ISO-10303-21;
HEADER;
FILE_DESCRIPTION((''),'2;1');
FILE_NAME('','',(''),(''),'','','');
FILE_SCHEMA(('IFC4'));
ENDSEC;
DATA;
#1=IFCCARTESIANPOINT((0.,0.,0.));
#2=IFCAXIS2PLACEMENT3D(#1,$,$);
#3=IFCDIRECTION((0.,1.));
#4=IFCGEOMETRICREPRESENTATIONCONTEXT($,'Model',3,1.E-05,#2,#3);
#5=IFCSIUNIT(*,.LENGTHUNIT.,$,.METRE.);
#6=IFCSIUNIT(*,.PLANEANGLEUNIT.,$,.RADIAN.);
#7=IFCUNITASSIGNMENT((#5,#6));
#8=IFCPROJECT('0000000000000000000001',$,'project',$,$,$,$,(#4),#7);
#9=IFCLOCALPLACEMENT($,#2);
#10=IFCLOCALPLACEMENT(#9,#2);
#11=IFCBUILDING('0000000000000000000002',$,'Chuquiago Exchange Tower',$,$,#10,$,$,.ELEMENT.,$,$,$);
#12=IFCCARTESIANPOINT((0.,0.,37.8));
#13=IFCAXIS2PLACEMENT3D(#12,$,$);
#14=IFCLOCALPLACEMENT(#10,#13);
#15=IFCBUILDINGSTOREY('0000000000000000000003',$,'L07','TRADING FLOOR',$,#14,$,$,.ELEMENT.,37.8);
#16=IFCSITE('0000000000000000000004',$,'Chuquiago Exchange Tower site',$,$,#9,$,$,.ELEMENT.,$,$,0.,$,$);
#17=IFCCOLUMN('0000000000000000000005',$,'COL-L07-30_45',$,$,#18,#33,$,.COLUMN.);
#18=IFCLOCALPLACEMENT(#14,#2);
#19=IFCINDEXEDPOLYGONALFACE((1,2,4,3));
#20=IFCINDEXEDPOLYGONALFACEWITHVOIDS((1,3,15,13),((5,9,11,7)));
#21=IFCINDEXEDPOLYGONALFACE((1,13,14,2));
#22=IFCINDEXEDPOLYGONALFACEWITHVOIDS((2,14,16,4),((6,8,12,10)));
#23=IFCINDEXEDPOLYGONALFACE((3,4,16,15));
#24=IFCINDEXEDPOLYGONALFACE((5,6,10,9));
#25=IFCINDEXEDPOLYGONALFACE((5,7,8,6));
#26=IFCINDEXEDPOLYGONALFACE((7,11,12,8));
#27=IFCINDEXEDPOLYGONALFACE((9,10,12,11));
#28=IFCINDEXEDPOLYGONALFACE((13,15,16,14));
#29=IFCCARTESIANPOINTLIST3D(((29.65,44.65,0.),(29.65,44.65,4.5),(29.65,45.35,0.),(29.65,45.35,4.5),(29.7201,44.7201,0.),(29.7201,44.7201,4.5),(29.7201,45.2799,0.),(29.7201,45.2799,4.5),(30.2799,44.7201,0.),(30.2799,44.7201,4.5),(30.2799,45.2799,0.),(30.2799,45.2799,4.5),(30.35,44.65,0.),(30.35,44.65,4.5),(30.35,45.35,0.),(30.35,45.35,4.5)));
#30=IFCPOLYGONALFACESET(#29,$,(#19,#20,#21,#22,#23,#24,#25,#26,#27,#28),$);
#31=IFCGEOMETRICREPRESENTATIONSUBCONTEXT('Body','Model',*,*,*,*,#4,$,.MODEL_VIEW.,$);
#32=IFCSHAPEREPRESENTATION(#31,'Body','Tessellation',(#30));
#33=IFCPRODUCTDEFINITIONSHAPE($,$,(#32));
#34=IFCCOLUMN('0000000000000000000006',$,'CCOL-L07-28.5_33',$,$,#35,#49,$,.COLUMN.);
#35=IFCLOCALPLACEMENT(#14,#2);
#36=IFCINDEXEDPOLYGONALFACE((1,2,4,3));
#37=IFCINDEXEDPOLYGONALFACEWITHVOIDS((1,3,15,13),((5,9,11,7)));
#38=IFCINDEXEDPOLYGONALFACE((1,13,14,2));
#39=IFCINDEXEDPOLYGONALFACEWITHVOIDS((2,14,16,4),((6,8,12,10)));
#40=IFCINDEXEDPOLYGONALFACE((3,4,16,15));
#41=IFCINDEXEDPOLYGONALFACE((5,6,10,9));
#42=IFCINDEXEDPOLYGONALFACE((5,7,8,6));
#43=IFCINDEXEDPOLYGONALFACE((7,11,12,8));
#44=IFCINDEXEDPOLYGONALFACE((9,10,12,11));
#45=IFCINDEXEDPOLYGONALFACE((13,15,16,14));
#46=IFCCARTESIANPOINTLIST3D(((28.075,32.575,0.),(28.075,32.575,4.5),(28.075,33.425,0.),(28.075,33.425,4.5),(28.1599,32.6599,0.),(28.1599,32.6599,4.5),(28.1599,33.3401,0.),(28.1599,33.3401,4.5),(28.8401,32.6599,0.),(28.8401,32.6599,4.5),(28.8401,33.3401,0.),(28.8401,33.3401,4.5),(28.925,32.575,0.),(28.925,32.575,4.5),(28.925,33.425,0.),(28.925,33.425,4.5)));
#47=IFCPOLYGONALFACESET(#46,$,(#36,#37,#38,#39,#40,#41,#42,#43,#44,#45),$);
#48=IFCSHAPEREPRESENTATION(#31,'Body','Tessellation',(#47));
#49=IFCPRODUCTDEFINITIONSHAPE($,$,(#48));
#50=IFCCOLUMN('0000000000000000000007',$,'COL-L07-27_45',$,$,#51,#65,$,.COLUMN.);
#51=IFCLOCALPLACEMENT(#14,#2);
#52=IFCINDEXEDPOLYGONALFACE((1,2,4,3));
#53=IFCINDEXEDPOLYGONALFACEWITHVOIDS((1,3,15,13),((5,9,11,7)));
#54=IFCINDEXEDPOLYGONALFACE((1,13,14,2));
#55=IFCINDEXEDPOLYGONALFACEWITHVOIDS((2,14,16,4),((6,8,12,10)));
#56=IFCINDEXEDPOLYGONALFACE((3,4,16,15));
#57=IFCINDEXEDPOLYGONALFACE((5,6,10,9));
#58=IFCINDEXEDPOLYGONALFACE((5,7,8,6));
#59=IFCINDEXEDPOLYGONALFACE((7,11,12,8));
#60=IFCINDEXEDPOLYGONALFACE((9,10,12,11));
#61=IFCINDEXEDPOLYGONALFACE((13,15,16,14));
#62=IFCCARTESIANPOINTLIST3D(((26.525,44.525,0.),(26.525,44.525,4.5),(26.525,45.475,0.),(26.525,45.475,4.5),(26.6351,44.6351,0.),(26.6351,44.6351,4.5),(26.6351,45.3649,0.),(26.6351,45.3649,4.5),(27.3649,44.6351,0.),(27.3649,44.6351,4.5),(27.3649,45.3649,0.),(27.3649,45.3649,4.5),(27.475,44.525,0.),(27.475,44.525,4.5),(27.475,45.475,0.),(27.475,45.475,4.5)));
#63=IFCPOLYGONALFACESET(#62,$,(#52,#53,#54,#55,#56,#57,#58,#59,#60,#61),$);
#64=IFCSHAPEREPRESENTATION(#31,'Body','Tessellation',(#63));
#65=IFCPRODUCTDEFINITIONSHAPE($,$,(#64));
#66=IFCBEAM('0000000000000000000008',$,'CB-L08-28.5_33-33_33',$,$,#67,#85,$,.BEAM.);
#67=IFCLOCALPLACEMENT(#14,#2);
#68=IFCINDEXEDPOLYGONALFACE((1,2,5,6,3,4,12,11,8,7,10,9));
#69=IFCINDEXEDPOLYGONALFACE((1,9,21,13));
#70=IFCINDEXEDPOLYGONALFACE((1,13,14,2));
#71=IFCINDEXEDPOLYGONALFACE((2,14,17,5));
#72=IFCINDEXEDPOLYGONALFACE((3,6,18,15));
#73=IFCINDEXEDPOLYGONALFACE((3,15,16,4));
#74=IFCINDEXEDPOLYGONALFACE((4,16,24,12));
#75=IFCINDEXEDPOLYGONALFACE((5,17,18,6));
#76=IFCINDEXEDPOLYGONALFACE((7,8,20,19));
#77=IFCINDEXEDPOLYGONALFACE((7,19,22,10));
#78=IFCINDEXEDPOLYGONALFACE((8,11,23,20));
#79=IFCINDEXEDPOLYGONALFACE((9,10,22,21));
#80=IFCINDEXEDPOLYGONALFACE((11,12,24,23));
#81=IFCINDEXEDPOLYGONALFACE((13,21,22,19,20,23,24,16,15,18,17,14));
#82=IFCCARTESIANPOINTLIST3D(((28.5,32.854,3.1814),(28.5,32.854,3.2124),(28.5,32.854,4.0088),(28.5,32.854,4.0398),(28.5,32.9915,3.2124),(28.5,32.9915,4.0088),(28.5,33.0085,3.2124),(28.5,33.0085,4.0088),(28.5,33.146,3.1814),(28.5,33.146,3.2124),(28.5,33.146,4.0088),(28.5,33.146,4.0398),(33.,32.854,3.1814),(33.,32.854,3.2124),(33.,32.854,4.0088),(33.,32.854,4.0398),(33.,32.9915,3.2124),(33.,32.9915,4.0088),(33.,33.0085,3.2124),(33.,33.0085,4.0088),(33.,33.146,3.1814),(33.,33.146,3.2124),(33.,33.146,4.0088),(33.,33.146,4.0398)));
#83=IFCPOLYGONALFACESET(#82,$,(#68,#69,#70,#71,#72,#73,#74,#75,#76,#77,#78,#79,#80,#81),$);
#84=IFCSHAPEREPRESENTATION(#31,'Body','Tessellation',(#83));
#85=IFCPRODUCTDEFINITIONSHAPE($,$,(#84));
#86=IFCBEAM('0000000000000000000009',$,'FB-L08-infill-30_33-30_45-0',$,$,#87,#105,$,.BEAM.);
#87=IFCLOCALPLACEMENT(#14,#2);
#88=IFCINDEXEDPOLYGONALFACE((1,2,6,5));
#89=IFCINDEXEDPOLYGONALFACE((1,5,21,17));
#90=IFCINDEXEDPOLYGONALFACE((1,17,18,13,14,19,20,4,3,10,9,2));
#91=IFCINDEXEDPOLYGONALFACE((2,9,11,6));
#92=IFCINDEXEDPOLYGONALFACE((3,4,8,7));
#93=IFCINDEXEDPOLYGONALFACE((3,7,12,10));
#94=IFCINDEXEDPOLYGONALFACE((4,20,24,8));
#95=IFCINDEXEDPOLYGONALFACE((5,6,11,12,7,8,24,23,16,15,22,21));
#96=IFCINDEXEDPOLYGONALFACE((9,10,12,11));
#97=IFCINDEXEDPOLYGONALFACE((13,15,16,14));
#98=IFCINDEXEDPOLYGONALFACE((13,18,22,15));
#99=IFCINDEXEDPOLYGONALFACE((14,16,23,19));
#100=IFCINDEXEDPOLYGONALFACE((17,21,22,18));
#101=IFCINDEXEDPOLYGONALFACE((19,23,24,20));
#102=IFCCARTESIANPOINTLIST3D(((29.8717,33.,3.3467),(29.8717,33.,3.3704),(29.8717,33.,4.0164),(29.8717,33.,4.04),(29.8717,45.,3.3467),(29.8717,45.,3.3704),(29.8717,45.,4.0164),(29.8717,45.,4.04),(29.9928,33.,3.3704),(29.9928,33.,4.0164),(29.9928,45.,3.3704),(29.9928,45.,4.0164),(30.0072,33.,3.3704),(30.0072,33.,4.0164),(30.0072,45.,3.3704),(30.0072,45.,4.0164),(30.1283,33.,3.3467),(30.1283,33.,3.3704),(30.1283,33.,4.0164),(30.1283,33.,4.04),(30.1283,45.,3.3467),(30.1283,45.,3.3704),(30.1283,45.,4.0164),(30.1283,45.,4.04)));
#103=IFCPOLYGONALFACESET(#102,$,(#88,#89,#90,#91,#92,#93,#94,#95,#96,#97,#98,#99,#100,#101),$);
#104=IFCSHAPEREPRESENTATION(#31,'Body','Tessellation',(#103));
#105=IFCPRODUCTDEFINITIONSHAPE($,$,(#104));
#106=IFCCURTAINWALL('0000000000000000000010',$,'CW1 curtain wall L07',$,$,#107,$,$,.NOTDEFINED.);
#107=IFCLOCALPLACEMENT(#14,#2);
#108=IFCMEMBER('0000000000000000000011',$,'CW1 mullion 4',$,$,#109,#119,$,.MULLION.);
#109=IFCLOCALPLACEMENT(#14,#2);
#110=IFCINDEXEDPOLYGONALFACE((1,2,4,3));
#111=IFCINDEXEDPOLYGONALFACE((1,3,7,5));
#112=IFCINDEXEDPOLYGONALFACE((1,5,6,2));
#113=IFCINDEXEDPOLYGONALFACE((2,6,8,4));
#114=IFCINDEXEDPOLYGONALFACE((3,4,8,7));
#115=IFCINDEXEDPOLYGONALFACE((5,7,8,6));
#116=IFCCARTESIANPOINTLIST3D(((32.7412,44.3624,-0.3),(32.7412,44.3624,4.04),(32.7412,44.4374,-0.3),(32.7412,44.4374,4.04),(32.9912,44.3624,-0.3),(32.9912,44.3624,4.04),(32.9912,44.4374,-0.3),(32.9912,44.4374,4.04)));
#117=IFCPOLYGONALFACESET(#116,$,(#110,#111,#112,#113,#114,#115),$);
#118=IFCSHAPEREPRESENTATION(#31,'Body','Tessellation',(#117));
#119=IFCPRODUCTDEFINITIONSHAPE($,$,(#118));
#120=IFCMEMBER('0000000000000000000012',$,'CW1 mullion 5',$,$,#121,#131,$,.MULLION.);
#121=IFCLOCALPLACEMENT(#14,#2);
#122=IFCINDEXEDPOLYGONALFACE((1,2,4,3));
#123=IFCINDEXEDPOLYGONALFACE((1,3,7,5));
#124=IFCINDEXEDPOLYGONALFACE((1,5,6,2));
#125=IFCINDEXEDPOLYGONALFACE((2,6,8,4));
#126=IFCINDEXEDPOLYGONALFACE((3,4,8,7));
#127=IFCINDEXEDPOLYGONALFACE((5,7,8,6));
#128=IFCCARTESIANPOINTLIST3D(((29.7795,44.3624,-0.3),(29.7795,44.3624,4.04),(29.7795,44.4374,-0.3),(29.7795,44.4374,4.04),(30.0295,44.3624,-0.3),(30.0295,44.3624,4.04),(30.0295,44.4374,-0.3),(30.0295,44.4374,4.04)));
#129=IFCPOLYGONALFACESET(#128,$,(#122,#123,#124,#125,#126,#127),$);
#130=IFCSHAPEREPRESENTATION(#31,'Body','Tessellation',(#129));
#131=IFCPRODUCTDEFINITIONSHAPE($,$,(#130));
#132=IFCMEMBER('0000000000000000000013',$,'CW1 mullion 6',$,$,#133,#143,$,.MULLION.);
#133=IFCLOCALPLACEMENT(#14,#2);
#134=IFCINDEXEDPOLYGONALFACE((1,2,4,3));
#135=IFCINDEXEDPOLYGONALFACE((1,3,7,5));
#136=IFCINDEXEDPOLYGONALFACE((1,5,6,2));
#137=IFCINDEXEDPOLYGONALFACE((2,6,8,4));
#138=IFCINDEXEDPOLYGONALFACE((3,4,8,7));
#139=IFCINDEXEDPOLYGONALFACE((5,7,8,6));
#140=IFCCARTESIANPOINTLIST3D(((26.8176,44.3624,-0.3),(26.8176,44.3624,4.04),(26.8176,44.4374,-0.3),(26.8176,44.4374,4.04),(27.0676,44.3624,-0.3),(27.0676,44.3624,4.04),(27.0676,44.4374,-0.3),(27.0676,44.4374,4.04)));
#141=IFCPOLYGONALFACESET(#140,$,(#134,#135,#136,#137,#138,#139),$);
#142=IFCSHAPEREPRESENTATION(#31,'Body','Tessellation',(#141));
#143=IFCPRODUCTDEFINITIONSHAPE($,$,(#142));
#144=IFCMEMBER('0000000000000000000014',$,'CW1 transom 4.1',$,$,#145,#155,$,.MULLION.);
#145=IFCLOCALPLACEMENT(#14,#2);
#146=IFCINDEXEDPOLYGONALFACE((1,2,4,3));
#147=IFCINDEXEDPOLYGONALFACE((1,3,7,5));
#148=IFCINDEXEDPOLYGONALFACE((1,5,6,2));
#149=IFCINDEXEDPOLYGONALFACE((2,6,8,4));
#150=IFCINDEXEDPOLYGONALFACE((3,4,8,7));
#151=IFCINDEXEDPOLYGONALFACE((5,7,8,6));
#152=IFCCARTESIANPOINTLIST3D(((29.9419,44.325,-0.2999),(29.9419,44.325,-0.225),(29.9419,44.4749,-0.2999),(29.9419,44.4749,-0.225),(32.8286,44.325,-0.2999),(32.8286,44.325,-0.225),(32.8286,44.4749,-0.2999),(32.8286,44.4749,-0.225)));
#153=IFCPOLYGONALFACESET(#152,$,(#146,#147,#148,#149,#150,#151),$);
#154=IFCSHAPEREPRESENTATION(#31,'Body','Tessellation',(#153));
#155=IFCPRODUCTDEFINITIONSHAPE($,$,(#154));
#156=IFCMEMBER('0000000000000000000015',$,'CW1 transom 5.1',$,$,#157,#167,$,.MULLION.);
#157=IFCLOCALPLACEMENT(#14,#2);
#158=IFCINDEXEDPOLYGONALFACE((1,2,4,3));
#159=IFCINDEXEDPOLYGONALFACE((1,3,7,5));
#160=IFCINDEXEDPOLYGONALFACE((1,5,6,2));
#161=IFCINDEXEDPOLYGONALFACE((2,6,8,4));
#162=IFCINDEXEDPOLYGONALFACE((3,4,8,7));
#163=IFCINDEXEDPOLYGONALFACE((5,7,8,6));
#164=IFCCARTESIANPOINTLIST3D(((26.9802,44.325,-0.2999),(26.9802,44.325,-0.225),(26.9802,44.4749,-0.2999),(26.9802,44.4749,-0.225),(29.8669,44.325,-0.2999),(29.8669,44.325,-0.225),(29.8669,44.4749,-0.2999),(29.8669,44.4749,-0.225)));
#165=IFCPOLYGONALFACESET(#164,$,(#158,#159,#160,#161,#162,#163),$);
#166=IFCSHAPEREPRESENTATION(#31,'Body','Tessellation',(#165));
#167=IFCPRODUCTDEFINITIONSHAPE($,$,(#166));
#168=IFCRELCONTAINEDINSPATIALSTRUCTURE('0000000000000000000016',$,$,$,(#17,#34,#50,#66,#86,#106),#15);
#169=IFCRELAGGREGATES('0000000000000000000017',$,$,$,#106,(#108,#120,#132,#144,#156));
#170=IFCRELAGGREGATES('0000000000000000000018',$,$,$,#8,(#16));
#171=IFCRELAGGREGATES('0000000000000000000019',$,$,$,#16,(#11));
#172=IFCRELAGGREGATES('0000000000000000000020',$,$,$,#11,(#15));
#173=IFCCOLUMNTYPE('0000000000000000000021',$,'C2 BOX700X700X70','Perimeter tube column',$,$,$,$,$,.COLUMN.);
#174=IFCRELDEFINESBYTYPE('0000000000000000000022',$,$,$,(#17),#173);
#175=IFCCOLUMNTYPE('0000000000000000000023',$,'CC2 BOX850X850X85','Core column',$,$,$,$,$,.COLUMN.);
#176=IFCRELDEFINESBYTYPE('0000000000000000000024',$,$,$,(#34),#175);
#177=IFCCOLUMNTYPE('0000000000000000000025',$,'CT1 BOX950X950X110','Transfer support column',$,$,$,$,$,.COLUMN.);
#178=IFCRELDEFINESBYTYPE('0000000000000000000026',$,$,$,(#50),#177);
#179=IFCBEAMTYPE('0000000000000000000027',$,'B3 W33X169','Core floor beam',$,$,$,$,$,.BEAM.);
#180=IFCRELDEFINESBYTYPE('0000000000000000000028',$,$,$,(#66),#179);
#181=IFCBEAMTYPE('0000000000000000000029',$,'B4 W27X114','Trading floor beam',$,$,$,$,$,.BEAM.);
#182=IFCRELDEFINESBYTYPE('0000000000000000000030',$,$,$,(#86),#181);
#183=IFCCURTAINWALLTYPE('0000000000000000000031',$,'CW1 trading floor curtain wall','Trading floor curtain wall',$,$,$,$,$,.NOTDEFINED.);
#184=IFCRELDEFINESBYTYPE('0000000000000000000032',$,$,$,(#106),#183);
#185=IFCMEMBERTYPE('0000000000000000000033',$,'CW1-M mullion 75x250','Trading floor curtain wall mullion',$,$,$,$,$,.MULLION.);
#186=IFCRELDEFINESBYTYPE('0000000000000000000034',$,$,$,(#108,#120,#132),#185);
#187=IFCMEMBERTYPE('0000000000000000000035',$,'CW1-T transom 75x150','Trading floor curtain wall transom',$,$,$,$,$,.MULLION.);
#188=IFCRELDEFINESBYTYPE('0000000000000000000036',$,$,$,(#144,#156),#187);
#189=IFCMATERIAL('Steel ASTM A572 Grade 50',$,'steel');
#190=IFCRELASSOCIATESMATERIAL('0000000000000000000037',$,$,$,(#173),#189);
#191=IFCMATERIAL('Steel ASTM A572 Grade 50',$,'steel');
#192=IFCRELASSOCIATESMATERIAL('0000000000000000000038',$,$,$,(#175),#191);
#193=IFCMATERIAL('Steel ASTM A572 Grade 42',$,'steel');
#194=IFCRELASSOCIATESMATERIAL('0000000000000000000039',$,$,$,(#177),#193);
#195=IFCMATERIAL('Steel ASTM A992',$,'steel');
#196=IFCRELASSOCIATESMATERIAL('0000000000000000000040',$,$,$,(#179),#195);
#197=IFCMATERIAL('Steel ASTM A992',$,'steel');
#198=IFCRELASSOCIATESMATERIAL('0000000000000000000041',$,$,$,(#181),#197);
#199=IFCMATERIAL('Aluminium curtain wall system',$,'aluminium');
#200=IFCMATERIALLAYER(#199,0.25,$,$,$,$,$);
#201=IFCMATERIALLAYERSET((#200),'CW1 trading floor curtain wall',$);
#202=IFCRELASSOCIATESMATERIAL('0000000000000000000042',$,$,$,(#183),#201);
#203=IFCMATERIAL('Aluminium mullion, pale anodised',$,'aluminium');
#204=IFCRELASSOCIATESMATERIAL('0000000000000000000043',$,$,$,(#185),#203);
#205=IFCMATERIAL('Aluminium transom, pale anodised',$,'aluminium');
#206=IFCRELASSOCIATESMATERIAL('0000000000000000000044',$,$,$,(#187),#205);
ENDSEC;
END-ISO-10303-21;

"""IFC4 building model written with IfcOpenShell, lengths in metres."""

from ifc_helpers import new_model, si_unit, direction, frame, origin, origin_2d, place, context, subcontext, project, spatial, rectangle, hollow_rectangle, i_section, extrude, material, layer, layer_set, material_profile, profile_set, type_object, element, aggregate, save


model = new_model("IFC4")

# Units and contexts
model_context = context("Model", 3, precision=1e-05, world=origin(), true_north=direction((0.0, 1.0)))
body_context = subcontext(model_context, "Body", "Model", "MODEL_VIEW")
ifc_project = project(units=[si_unit("LENGTHUNIT", "METRE"), si_unit("PLANEANGLEUNIT", "RADIAN")], contexts=[model_context])

# Site, building, storey
site_placement = place(None, origin())
site = spatial("IfcSite", under=ifc_project, at=site_placement, Name="Chuquiago Exchange Tower site", CompositionType="ELEMENT", RefElevation=0.0)
building_placement = place(site_placement, origin())
building = spatial("IfcBuilding", under=site, at=building_placement, Name="Chuquiago Exchange Tower", CompositionType="ELEMENT")
storey_placement = place(building_placement, frame((0.0, 0.0, 37.8)))
storey = spatial("IfcBuildingStorey", under=building, at=storey_placement, Name="L07", Description="TRADING FLOOR", CompositionType="ELEMENT", Elevation=37.8)

# Columns
ifc_material_1 = material(Name="Steel ASTM A572 Grade 50", Category="steel")
ifc_material_profile_1 = material_profile(ifc_material_1, hollow_rectangle(XDim=0.7, YDim=0.7, WallThickness=0.0701, at=origin_2d()), Name="BOX700X700X70")
ifc_profile_set_1 = profile_set([ifc_material_profile_1], Name="Steel ASTM A572 Grade 50")
column_type_1 = type_object("IfcColumnType", Name="C2 BOX700X700X70", Description="Perimeter tube column", PredefinedType="COLUMN", material=ifc_profile_set_1)
column_1_placement = place(storey_placement, frame((30.0, 45.0, 0.0), z_axis=(0.0, 0.0, 1.0), x_axis=(0.0, 1.0, 0.0)))
element("IfcColumn", 1, at=column_1_placement, inside=storey, type_object=column_type_1, Name="COL-L07-30_45", PredefinedType="COLUMN", context=body_context, shape_type="SweptSolid", body=[
    extrude(hollow_rectangle(XDim=0.7, YDim=0.7, WallThickness=0.0701, at=origin_2d()), origin(), (0.0, 0.0, 1.0), 4.5),
])
ifc_material_2 = material(Name="Steel ASTM A572 Grade 50", Category="steel")
ifc_material_profile_2 = material_profile(ifc_material_2, hollow_rectangle(XDim=0.8501, YDim=0.8501, WallThickness=0.085, at=origin_2d()), Name="BOX850X850X85")
ifc_profile_set_2 = profile_set([ifc_material_profile_2], Name="Steel ASTM A572 Grade 50")
column_type_2 = type_object("IfcColumnType", Name="CC2 BOX850X850X85", Description="Core column", PredefinedType="COLUMN", material=ifc_profile_set_2)
column_2_placement = place(storey_placement, frame((28.5, 33.0, 0.0), z_axis=(0.0, 0.0, 1.0), x_axis=(1.0, 0.0, 0.0)))
element("IfcColumn", 2, at=column_2_placement, inside=storey, type_object=column_type_2, Name="CCOL-L07-28.5_33", PredefinedType="COLUMN", context=body_context, shape_type="SweptSolid", body=[
    extrude(hollow_rectangle(XDim=0.8501, YDim=0.8501, WallThickness=0.085, at=origin_2d()), origin(), (0.0, 0.0, 1.0), 4.5),
])
ifc_material_3 = material(Name="Steel ASTM A572 Grade 42", Category="steel")
ifc_material_profile_3 = material_profile(ifc_material_3, hollow_rectangle(XDim=0.95, YDim=0.95, WallThickness=0.1101, at=origin_2d()), Name="BOX950X950X110")
ifc_profile_set_3 = profile_set([ifc_material_profile_3], Name="Steel ASTM A572 Grade 42")
column_type_3 = type_object("IfcColumnType", Name="CT1 BOX950X950X110", Description="Transfer support column", PredefinedType="COLUMN", material=ifc_profile_set_3)
column_3_placement = place(storey_placement, frame((27.0, 45.0, 0.0), z_axis=(0.0, 0.0, 1.0), x_axis=(0.0, 1.0, 0.0)))
element("IfcColumn", 3, at=column_3_placement, inside=storey, type_object=column_type_3, Name="COL-L07-27_45", PredefinedType="COLUMN", context=body_context, shape_type="SweptSolid", body=[
    extrude(hollow_rectangle(XDim=0.95, YDim=0.95, WallThickness=0.1101, at=origin_2d()), origin(), (0.0, 0.0, 1.0), 4.5),
])

# Beams
ifc_material_4 = material(Name="Steel ASTM A992", Category="steel")
ifc_material_profile_4 = material_profile(ifc_material_4, i_section(OverallWidth=0.292, OverallDepth=0.8584, WebThickness=0.0171, FlangeThickness=0.031, at=origin_2d()), Name="W33X169")
ifc_profile_set_4 = profile_set([ifc_material_profile_4], Name="Steel ASTM A992")
beam_type_1 = type_object("IfcBeamType", Name="B3 W33X169", Description="Core floor beam", PredefinedType="BEAM", material=ifc_profile_set_4)
beam_1_placement = place(storey_placement, frame((28.5, 33.0, 3.6106), z_axis=(1.0, 0.0, 0.0), x_axis=(0.0, 1.0, 0.0)))
element("IfcBeam", 4, at=beam_1_placement, inside=storey, type_object=beam_type_1, Name="CB-L08-28.5_33-33_33", PredefinedType="BEAM", context=body_context, shape_type="SweptSolid", body=[
    extrude(i_section(OverallWidth=0.292, OverallDepth=0.8584, WebThickness=0.0171, FlangeThickness=0.031, at=origin_2d()), origin(), (0.0, 0.0, 1.0), 4.5),
])
ifc_material_5 = material(Name="Steel ASTM A992", Category="steel")
ifc_material_profile_5 = material_profile(ifc_material_5, i_section(OverallWidth=0.2566, OverallDepth=0.6934, WebThickness=0.0144, FlangeThickness=0.0237, at=origin_2d()), Name="W27X114")
ifc_profile_set_5 = profile_set([ifc_material_profile_5], Name="Steel ASTM A992")
beam_type_2 = type_object("IfcBeamType", Name="B4 W27X114", Description="Trading floor beam", PredefinedType="BEAM", material=ifc_profile_set_5)
beam_2_placement = place(storey_placement, frame((30.0, 33.0, 3.6934), z_axis=(0.0, 1.0, 0.0), x_axis=(-1.0, 0.0, 0.0)))
element("IfcBeam", 5, at=beam_2_placement, inside=storey, type_object=beam_type_2, Name="FB-L08-infill-30_33-30_45-0", PredefinedType="BEAM", context=body_context, shape_type="SweptSolid", body=[
    extrude(i_section(OverallWidth=0.2566, OverallDepth=0.6934, WebThickness=0.0144, FlangeThickness=0.0237, at=origin_2d()), origin(), (0.0, 0.0, 1.0), 12.0),
])

# Curtain wall, members
ifc_material_6 = material(Name="Aluminium curtain wall system", Category="aluminium")
ifc_layer_1 = layer(ifc_material_6, 0.25)
ifc_layer_set_1 = layer_set([ifc_layer_1], Name="CW1 trading floor curtain wall")
curtain_wall_type = type_object("IfcCurtainWallType", Name="CW1 trading floor curtain wall", Description="Trading floor curtain wall", PredefinedType="NOTDEFINED", material=ifc_layer_set_1)
curtain_wall_placement = place(storey_placement, origin())
curtain_wall = element("IfcCurtainWall", 6, at=curtain_wall_placement, inside=storey, type_object=curtain_wall_type, Name="CW1 curtain wall L07", PredefinedType="NOTDEFINED")
ifc_material_7 = material(Name="Aluminium mullion, pale anodised", Category="aluminium")
ifc_material_profile_6 = material_profile(ifc_material_7, rectangle(XDim=0.075, YDim=0.25, at=origin_2d()), Name="AL 75x250")
ifc_profile_set_6 = profile_set([ifc_material_profile_6], Name="Aluminium mullion, pale anodised")
member_type_1 = type_object("IfcMemberType", Name="CW1-M mullion 75x250", Description="Trading floor curtain wall mullion", PredefinedType="MULLION", material=ifc_profile_set_6)
member_1_placement = place(storey_placement, frame((32.8662, 44.3999, -0.3), z_axis=(0.0, 0.0, 1.0), x_axis=(0.0, -1.0, 0.0)))
member_1 = element("IfcMember", 7, at=member_1_placement, type_object=member_type_1, Name="CW1 mullion 4", PredefinedType="MULLION", context=body_context, shape_type="SweptSolid", body=[
    extrude(rectangle(XDim=0.075, YDim=0.25, at=origin_2d()), origin(), (0.0, 0.0, 1.0), 4.3401),
])
member_2_placement = place(storey_placement, frame((29.9045, 44.3999, -0.3), z_axis=(0.0, 0.0, 1.0), x_axis=(0.0, -1.0, 0.0)))
member_2 = element("IfcMember", 8, at=member_2_placement, type_object=member_type_1, Name="CW1 mullion 5", PredefinedType="MULLION", context=body_context, shape_type="SweptSolid", body=[
    extrude(rectangle(XDim=0.075, YDim=0.25, at=origin_2d()), origin(), (0.0, 0.0, 1.0), 4.3401),
])
member_3_placement = place(storey_placement, frame((26.9426, 44.3999, -0.3), z_axis=(0.0, 0.0, 1.0), x_axis=(0.0, -1.0, 0.0)))
member_3 = element("IfcMember", 9, at=member_3_placement, type_object=member_type_1, Name="CW1 mullion 6", PredefinedType="MULLION", context=body_context, shape_type="SweptSolid", body=[
    extrude(rectangle(XDim=0.075, YDim=0.25, at=origin_2d()), origin(), (0.0, 0.0, 1.0), 4.3401),
])
ifc_material_8 = material(Name="Aluminium transom, pale anodised", Category="aluminium")
ifc_material_profile_7 = material_profile(ifc_material_8, rectangle(XDim=0.1499, YDim=0.075, at=origin_2d()), Name="AL 150x75")
ifc_profile_set_7 = profile_set([ifc_material_profile_7], Name="Aluminium transom, pale anodised")
member_type_2 = type_object("IfcMemberType", Name="CW1-T transom 75x150", Description="Trading floor curtain wall transom", PredefinedType="MULLION", material=ifc_profile_set_7)
member_4_placement = place(storey_placement, frame((32.8286, 44.3999, -0.2625), z_axis=(-1.0, 0.0, 0.0), x_axis=(0.0, -1.0, 0.0)))
member_4 = element("IfcMember", 10, at=member_4_placement, type_object=member_type_2, Name="CW1 transom 4.1", PredefinedType="MULLION", context=body_context, shape_type="SweptSolid", body=[
    extrude(rectangle(XDim=0.1499, YDim=0.075, at=origin_2d()), origin(), (0.0, 0.0, 1.0), 2.8867),
])
member_5_placement = place(storey_placement, frame((29.8669, 44.3999, -0.2625), z_axis=(-1.0, 0.0, 0.0), x_axis=(0.0, -1.0, 0.0)))
member_5 = element("IfcMember", 11, at=member_5_placement, type_object=member_type_2, Name="CW1 transom 5.1", PredefinedType="MULLION", context=body_context, shape_type="SweptSolid", body=[
    extrude(rectangle(XDim=0.1499, YDim=0.075, at=origin_2d()), origin(), (0.0, 0.0, 1.0), 2.8867),
])

aggregate(curtain_wall, [member_1, member_2, member_3, member_4, member_5])

save(model, "model.ifc")
